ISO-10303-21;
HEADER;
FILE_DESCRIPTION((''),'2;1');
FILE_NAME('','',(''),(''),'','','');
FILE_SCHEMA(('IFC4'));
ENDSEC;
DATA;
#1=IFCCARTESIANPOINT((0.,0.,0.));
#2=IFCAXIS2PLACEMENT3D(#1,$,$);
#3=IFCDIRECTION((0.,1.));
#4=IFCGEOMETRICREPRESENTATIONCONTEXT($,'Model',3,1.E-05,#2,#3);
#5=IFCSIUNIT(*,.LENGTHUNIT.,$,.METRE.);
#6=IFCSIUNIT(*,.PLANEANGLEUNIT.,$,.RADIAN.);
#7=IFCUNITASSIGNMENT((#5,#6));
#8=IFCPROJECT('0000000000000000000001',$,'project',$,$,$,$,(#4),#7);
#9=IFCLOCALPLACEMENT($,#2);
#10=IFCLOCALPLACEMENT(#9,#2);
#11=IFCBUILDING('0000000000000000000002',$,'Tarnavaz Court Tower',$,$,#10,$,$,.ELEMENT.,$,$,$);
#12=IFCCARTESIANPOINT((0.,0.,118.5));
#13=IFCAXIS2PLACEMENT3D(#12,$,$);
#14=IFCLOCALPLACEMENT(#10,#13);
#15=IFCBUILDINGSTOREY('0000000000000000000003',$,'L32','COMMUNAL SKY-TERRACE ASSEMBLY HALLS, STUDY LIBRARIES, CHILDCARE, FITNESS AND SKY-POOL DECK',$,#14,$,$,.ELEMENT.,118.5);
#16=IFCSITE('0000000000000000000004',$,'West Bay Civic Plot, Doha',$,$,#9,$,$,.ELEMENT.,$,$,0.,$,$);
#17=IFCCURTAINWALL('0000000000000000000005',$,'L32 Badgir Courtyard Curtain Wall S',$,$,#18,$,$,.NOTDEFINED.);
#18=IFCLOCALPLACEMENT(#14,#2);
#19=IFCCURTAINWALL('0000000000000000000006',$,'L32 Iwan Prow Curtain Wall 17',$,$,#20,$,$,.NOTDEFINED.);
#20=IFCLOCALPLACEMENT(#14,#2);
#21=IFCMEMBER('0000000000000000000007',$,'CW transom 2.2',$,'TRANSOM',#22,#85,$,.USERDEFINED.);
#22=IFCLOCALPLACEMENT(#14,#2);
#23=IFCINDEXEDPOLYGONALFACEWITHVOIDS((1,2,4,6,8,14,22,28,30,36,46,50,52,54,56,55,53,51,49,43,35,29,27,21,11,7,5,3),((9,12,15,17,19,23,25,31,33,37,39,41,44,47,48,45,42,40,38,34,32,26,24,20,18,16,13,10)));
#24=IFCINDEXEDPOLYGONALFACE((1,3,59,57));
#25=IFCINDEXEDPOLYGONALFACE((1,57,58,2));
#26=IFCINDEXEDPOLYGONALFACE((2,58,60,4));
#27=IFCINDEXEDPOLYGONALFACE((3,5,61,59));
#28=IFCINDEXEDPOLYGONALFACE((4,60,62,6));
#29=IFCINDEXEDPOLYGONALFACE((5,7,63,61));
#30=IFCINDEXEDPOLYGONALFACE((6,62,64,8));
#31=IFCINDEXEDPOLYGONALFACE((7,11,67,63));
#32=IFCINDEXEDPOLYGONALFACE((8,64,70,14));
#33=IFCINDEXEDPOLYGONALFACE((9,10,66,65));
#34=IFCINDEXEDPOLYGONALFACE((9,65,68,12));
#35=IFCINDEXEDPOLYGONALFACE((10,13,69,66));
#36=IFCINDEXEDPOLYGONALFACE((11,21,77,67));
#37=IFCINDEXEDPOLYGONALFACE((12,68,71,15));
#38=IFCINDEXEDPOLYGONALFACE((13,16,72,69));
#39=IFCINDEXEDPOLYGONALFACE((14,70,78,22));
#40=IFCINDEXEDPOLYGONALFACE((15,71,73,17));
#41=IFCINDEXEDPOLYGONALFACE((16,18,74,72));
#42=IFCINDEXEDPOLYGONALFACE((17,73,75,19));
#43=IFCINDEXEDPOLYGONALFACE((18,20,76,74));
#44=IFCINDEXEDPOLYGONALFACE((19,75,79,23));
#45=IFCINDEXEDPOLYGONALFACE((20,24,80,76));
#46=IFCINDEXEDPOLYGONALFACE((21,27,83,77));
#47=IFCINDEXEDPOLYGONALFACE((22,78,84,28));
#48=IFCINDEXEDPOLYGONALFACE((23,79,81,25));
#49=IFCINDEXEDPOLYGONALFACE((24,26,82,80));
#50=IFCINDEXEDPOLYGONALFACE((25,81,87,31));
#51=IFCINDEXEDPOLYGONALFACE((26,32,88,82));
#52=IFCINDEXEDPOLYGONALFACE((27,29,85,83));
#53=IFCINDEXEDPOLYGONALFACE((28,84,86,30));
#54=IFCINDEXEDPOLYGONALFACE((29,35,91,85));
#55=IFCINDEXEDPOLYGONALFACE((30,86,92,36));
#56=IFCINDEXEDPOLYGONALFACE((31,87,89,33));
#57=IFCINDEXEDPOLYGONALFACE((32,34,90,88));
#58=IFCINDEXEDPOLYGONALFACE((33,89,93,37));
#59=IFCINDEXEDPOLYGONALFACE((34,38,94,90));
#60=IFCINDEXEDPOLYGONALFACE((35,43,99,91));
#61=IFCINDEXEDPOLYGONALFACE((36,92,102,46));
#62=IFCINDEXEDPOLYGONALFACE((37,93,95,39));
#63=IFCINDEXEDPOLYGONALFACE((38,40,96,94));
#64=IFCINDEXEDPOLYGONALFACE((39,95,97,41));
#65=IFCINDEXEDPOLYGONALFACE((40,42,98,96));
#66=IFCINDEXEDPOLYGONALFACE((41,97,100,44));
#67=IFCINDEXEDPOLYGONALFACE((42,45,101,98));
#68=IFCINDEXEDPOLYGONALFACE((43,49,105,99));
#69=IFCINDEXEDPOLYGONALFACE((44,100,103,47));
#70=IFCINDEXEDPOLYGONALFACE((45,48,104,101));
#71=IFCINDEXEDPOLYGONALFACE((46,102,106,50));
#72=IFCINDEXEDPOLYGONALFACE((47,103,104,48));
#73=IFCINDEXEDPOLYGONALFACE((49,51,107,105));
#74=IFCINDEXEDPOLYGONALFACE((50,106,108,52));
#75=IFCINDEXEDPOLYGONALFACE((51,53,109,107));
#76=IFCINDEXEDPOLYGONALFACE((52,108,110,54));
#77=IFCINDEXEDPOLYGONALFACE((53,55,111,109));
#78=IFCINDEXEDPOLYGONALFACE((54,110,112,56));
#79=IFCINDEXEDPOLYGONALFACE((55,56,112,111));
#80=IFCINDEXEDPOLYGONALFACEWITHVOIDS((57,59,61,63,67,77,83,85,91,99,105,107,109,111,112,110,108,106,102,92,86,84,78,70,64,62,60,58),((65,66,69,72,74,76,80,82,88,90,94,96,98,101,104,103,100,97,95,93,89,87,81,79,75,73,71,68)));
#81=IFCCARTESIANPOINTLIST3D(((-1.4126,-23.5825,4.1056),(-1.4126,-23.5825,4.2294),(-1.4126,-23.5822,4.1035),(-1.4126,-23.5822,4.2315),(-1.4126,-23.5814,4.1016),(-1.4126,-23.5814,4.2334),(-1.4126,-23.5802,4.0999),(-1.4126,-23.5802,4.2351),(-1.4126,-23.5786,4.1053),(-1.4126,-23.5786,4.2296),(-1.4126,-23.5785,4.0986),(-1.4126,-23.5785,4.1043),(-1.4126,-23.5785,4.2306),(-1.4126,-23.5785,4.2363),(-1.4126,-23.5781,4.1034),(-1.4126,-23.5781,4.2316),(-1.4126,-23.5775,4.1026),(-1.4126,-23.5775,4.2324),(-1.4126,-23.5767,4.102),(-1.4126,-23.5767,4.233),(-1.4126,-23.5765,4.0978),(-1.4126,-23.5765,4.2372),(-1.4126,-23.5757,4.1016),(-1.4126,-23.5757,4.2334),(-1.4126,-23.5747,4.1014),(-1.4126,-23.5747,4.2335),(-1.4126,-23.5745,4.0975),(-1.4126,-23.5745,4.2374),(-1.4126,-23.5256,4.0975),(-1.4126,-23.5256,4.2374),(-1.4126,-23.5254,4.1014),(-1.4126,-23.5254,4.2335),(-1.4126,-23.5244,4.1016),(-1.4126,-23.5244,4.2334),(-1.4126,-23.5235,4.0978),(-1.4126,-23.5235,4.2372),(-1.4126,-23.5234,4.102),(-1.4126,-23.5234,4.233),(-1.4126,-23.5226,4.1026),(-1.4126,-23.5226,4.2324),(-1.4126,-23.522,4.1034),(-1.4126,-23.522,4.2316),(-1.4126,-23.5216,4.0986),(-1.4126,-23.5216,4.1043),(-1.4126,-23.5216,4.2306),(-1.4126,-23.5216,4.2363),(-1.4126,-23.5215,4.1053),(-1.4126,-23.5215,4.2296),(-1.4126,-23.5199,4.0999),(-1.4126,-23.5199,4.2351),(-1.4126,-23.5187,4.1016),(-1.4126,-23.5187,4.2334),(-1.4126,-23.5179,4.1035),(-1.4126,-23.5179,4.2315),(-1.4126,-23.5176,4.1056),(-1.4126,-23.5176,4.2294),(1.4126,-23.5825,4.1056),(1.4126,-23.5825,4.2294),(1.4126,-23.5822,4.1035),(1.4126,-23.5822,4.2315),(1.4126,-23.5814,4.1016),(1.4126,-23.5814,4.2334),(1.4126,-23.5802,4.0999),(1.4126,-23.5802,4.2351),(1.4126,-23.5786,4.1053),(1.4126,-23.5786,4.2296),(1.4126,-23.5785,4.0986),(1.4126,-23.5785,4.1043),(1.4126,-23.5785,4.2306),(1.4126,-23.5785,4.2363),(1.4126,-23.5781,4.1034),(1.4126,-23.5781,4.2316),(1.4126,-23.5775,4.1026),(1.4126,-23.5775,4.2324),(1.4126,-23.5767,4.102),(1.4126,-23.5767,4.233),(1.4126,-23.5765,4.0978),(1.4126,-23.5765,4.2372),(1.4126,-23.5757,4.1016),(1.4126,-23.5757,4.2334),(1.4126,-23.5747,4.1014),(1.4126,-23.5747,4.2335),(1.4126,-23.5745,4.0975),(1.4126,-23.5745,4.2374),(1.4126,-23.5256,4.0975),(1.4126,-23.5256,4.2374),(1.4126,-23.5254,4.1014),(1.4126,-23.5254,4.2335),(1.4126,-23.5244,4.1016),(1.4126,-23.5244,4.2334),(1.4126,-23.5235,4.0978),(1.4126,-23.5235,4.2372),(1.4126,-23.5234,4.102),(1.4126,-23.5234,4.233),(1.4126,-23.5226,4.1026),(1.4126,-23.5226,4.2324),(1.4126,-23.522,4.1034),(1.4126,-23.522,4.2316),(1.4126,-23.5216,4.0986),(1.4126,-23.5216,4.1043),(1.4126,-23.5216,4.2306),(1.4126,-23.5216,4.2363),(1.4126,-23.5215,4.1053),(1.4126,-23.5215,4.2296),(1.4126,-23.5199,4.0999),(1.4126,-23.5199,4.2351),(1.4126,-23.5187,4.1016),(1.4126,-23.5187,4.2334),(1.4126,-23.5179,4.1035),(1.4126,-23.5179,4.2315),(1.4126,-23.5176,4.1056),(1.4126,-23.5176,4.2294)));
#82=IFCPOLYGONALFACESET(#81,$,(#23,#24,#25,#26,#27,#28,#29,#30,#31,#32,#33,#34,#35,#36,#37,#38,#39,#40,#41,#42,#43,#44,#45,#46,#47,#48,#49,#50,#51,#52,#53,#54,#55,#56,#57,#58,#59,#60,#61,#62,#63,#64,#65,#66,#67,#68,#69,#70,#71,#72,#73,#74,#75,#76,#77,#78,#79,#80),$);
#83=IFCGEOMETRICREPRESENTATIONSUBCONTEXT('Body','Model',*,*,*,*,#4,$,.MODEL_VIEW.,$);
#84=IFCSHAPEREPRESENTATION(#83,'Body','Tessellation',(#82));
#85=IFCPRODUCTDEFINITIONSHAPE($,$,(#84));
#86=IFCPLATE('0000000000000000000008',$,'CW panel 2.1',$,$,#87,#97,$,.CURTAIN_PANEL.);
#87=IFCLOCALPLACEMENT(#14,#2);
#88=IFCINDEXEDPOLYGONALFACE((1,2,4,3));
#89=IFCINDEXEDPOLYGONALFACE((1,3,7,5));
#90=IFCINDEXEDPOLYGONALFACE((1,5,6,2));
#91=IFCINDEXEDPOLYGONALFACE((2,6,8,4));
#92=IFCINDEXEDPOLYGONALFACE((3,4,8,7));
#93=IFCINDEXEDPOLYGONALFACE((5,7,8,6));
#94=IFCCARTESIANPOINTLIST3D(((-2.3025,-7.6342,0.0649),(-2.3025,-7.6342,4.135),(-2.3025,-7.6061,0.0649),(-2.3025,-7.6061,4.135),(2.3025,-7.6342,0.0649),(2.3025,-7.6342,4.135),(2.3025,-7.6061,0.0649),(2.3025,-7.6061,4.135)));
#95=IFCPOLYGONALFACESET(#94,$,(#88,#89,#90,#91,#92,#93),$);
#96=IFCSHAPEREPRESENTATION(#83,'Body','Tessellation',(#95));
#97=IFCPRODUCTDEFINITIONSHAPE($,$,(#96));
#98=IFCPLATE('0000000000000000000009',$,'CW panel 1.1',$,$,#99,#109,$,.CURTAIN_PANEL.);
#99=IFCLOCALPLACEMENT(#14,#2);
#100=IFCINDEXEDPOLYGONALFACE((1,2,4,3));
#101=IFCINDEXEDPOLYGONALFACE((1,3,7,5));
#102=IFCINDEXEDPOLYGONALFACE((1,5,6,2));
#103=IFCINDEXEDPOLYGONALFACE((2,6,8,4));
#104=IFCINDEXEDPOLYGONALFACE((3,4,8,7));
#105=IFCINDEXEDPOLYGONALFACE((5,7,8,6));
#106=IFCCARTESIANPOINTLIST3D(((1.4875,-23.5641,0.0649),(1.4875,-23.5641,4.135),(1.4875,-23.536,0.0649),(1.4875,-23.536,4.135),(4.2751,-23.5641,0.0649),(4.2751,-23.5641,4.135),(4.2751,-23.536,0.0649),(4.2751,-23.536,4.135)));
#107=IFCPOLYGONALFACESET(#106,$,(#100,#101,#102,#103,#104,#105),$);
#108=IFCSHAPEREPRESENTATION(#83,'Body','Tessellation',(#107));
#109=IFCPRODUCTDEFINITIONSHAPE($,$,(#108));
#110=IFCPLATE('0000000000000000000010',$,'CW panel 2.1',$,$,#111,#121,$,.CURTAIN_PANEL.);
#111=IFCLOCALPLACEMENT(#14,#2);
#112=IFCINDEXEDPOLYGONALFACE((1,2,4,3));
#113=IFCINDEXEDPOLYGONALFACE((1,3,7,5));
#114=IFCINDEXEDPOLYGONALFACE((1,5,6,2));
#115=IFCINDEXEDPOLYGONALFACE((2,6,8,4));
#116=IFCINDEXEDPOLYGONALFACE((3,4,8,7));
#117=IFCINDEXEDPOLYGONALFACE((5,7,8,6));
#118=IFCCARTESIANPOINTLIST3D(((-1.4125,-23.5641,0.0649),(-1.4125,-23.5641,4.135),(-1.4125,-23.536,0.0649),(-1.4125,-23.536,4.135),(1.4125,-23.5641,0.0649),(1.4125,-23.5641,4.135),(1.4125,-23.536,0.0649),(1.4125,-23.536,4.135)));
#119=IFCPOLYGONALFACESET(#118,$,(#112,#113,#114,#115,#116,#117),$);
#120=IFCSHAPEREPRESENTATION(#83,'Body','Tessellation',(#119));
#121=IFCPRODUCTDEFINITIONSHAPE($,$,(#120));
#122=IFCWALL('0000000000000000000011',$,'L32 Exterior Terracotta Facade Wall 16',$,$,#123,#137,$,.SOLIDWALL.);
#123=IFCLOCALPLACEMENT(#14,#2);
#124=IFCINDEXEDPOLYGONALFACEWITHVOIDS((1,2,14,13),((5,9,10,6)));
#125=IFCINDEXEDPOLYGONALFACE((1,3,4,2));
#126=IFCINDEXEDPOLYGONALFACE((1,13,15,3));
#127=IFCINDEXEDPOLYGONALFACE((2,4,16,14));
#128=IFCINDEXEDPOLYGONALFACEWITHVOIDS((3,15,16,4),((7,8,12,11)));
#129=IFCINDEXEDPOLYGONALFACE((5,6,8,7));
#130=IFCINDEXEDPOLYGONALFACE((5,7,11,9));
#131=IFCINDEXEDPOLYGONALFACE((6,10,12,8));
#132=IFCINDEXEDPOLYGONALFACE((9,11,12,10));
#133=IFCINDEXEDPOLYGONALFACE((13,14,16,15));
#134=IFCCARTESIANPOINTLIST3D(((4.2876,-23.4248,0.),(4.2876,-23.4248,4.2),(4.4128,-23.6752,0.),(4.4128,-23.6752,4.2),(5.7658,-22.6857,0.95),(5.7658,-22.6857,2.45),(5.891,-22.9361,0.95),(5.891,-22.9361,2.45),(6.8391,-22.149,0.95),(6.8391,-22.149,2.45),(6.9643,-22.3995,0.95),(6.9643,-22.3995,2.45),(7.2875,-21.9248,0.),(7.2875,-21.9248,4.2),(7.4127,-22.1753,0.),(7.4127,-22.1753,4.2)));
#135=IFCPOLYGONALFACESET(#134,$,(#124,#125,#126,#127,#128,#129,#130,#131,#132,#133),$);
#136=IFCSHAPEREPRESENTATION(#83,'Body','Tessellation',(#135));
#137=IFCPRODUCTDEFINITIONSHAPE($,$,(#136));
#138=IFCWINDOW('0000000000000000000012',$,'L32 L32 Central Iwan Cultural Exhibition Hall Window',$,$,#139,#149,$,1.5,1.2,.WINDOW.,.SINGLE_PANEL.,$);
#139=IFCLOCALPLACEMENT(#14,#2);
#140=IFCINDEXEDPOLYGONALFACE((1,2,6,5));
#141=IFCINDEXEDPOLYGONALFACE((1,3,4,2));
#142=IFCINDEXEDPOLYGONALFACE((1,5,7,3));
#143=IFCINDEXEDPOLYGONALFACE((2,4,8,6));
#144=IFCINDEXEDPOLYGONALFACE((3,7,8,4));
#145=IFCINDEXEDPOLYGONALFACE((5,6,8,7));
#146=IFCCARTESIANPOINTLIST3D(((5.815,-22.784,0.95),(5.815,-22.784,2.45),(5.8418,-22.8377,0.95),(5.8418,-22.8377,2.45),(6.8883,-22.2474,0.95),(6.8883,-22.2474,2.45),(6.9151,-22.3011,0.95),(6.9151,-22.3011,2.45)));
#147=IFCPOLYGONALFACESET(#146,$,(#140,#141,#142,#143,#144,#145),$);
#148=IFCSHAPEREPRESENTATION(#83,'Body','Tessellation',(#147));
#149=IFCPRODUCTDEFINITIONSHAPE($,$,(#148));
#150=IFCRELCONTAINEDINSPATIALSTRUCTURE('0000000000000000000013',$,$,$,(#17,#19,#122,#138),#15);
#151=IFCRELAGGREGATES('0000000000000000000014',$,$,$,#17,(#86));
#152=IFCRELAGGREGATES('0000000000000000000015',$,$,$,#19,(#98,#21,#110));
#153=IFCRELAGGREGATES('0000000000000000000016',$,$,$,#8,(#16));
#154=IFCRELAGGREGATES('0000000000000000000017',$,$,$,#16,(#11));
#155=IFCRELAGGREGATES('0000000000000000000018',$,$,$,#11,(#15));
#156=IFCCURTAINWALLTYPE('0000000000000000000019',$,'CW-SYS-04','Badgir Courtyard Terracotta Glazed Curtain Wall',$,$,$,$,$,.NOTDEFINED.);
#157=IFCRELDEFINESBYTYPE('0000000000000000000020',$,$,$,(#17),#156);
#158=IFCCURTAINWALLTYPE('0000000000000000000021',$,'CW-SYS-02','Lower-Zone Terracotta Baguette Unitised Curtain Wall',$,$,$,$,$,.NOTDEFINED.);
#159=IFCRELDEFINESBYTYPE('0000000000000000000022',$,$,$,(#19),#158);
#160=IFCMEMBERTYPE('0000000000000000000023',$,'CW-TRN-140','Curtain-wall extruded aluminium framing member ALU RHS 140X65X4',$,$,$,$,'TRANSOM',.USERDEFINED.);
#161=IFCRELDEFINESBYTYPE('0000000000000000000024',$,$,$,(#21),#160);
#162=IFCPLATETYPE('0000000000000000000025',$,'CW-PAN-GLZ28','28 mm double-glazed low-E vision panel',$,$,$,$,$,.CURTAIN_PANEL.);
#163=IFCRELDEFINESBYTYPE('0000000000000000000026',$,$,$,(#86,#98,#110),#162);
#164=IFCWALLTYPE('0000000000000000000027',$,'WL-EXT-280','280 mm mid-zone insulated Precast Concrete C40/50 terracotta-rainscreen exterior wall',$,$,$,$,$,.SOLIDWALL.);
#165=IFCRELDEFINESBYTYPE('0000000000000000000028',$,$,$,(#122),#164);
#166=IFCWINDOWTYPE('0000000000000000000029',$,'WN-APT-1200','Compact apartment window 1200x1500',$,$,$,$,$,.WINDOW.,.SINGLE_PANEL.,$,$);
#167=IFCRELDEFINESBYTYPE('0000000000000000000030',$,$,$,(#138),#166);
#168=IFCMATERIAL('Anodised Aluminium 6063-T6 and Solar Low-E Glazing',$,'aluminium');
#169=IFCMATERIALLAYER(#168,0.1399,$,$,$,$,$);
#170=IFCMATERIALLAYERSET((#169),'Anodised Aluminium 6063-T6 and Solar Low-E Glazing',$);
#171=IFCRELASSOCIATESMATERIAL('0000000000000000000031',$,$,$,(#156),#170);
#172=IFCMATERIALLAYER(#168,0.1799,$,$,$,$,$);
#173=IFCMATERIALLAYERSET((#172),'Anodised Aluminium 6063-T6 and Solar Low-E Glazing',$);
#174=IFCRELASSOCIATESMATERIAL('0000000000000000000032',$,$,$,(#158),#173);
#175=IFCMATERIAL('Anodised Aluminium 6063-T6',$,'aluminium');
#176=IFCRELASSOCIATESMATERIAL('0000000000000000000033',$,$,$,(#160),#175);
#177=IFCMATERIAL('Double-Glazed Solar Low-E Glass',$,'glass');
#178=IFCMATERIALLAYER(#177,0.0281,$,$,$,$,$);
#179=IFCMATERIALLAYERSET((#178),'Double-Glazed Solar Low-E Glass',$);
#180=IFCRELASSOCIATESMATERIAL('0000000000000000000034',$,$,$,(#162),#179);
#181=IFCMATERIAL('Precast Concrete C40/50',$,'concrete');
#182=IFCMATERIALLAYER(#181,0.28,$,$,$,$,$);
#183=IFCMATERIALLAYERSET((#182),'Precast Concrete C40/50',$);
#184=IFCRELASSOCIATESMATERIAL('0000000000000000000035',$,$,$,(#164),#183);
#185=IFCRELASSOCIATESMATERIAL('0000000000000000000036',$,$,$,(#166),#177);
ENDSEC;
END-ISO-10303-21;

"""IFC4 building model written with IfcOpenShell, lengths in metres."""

from ifc_helpers import new_model, si_unit, direction, frame, frame_2d, origin, origin_2d, place, context, subcontext, project, spatial, rectangle, hollow_rectangle, extrude, material, layer, layer_set, material_profile, profile_set, type_object, element, fill, aggregate, save


model = new_model("IFC4")

# Units and contexts
model_context = context("Model", 3, precision=1e-05, world=origin(), true_north=direction((0.0, 1.0)))
body_context = subcontext(model_context, "Body", "Model", "MODEL_VIEW")
ifc_project = project(units=[si_unit("LENGTHUNIT", "METRE"), si_unit("PLANEANGLEUNIT", "RADIAN")], contexts=[model_context])

# Site, building, storey
site_placement = place(None, origin())
site = spatial("IfcSite", under=ifc_project, at=site_placement, Name="West Bay Civic Plot, Doha", CompositionType="ELEMENT", RefElevation=0.0)
building_placement = place(site_placement, origin())
building = spatial("IfcBuilding", under=site, at=building_placement, Name="Tarnavaz Court Tower", CompositionType="ELEMENT")
storey_placement = place(building_placement, frame((0.0, 0.0, 118.5)))
storey = spatial("IfcBuildingStorey", under=building, at=storey_placement, Name="L32", Description="COMMUNAL SKY-TERRACE ASSEMBLY HALLS, STUDY LIBRARIES, CHILDCARE, FITNESS AND SKY-POOL DECK", CompositionType="ELEMENT", Elevation=118.5)

# Curtain wall
ifc_material_1 = material(Name="Anodised Aluminium 6063-T6 and Solar Low-E Glazing", Category="aluminium")
ifc_layer_1 = layer(ifc_material_1, 0.1399)
ifc_layer_set_1 = layer_set([ifc_layer_1], Name="Anodised Aluminium 6063-T6 and Solar Low-E Glazing")
curtain_wall_type_1 = type_object("IfcCurtainWallType", Name="CW-SYS-04", Description="Badgir Courtyard Terracotta Glazed Curtain Wall", PredefinedType="NOTDEFINED", material=ifc_layer_set_1)
curtain_wall_1_placement = place(storey_placement, origin())
curtain_wall_1 = element("IfcCurtainWall", 1, at=curtain_wall_1_placement, inside=storey, type_object=curtain_wall_type_1, Name="L32 Badgir Courtyard Curtain Wall S", PredefinedType="NOTDEFINED")
ifc_material_2 = material(Name="Anodised Aluminium 6063-T6", Category="aluminium")

# Curtain wall
ifc_layer_2 = layer(ifc_material_1, 0.1799)
ifc_layer_set_2 = layer_set([ifc_layer_2], Name="Anodised Aluminium 6063-T6 and Solar Low-E Glazing")
curtain_wall_type_2 = type_object("IfcCurtainWallType", Name="CW-SYS-02", Description="Lower-Zone Terracotta Baguette Unitised Curtain Wall", PredefinedType="NOTDEFINED", material=ifc_layer_set_2)
curtain_wall_2_placement = place(storey_placement, origin())
curtain_wall_2 = element("IfcCurtainWall", 2, at=curtain_wall_2_placement, inside=storey, type_object=curtain_wall_type_2, Name="L32 Iwan Prow Curtain Wall 17", PredefinedType="NOTDEFINED")

# Member
ifc_material_profile_1 = material_profile(ifc_material_2, hollow_rectangle(XDim=0.0649, YDim=0.1399, WallThickness=0.0039, InnerFilletRadius=0.0039, OuterFilletRadius=0.0081, at=origin_2d()), Name="ALU RHS 140X65X4")
ifc_profile_set_1 = profile_set([ifc_material_profile_1], Name="Anodised Aluminium 6063-T6")
member_type_1 = type_object("IfcMemberType", Name="CW-TRN-140", Description="Curtain-wall extruded aluminium framing member ALU RHS 140X65X4", ElementType="TRANSOM", PredefinedType="USERDEFINED", material=ifc_profile_set_1)
member_1_placement = place(storey_placement, frame((1.4126, -23.55, 4.1675), z_axis=(-1.0, 0.0, 0.0), x_axis=(0.0, -1.0, 0.0)))
member_1 = element("IfcMember", 3, at=member_1_placement, type_object=member_type_1, Name="CW transom 2.2", ObjectType="TRANSOM", PredefinedType="USERDEFINED", context=body_context, shape_type="SweptSolid", body=[
    extrude(hollow_rectangle(XDim=0.0649, YDim=0.1399, WallThickness=0.0039, InnerFilletRadius=0.0039, OuterFilletRadius=0.0081, at=origin_2d()), origin(), (0.0, 0.0, 1.0), 2.8252),
])

# Plates
ifc_material_3 = material(Name="Double-Glazed Solar Low-E Glass", Category="glass")
ifc_layer_3 = layer(ifc_material_3, 0.0281)
ifc_layer_set_3 = layer_set([ifc_layer_3], Name="Double-Glazed Solar Low-E Glass")
plate_type = type_object("IfcPlateType", Name="CW-PAN-GLZ28", Description="28 mm double-glazed low-E vision panel", PredefinedType="CURTAIN_PANEL", material=ifc_layer_set_3)
plate_1_placement = place(storey_placement, frame((0.0, -7.6201, 0.0649), z_axis=(0.0, 0.0, 1.0), x_axis=(1.0, 0.0, 0.0)))
plate_1 = element("IfcPlate", 4, at=plate_1_placement, type_object=plate_type, Name="CW panel 2.1", PredefinedType="CURTAIN_PANEL", context=body_context, shape_type="SweptSolid", body=[
    extrude(rectangle(XDim=4.605, YDim=0.0281, at=origin_2d()), origin(), (0.0, 0.0, 1.0), 4.0701),
])
aggregate(curtain_wall_1, [plate_1])
plate_2_placement = place(storey_placement, frame((2.8813, -23.55, 0.0649), z_axis=(0.0, 0.0, 1.0), x_axis=(-1.0, 0.0, 0.0)))
plate_2 = element("IfcPlate", 5, at=plate_2_placement, type_object=plate_type, Name="CW panel 1.1", PredefinedType="CURTAIN_PANEL", context=body_context, shape_type="SweptSolid", body=[
    extrude(rectangle(XDim=2.7876, YDim=0.0281, at=origin_2d()), origin(), (0.0, 0.0, 1.0), 4.0701),
])
plate_3_placement = place(storey_placement, frame((0.0, -23.55, 0.0649), z_axis=(0.0, 0.0, 1.0), x_axis=(-1.0, 0.0, 0.0)))
plate_3 = element("IfcPlate", 6, at=plate_3_placement, type_object=plate_type, Name="CW panel 2.1", PredefinedType="CURTAIN_PANEL", context=body_context, shape_type="SweptSolid", body=[
    extrude(rectangle(XDim=2.825, YDim=0.0281, at=origin_2d()), origin(), (0.0, 0.0, 1.0), 4.0701),
])
aggregate(curtain_wall_2, [plate_2, member_1, plate_3])

# Wall, opening, window
ifc_material_4 = material(Name="Precast Concrete C40/50", Category="concrete")
ifc_layer_4 = layer(ifc_material_4, 0.28)
ifc_layer_set_4 = layer_set([ifc_layer_4], Name="Precast Concrete C40/50")
wall_type_1 = type_object("IfcWallType", Name="WL-EXT-280", Description="280 mm mid-zone insulated Precast Concrete C40/50 terracotta-rainscreen exterior wall", PredefinedType="SOLIDWALL", material=ifc_layer_set_4)
wall_1_placement = place(storey_placement, frame((7.3501, -22.05, 0.0), z_axis=(0.0, 0.0, 1.0), x_axis=(-0.894427, -0.447214, 0.0)))
wall_1 = element("IfcWall", 7, at=wall_1_placement, inside=storey, type_object=wall_type_1, Name="L32 Exterior Terracotta Facade Wall 16", PredefinedType="SOLIDWALL", context=body_context, shape_type="SweptSolid", body=[
    extrude(rectangle(XDim=3.354, YDim=0.28, at=frame_2d((1.677, 0.0))), origin(), (0.0, 0.0, 1.0), 4.2),
])
opening_1_placement = place(wall_1_placement, frame((0.5012, 0.0, 0.95)))
opening_1 = element("IfcOpeningElement", 8, at=opening_1_placement, cuts=wall_1, PredefinedType="OPENING", context=body_context, shape_type="SweptSolid", body=[
    extrude(rectangle(XDim=1.2, YDim=1.5, at=frame_2d((0.6001, 0.75))), frame((0.0, 0.1499, 0.0), z_axis=(0.0, -1.0, 0.0), x_axis=(1.0, 0.0, 0.0)), (0.0, 0.0, 1.0), 0.3),
])
window_type = type_object("IfcWindowType", Name="WN-APT-1200", Description="Compact apartment window 1200x1500", PartitioningType="SINGLE_PANEL", PredefinedType="WINDOW", material=ifc_material_3)
window_placement = place(opening_1_placement, origin())
window = element("IfcWindow", 9, at=window_placement, inside=storey, type_object=window_type, Name="L32 L32 Central Iwan Cultural Exhibition Hall Window", OverallHeight=1.5, OverallWidth=1.2, PartitioningType="SINGLE_PANEL", PredefinedType="WINDOW", context=body_context, shape_type="SweptSolid", body=[
    extrude(rectangle(XDim=1.2, YDim=1.5, at=frame_2d((0.6001, 0.75))), frame((0.0, 0.03, 0.0), z_axis=(0.0, -1.0, 0.0), x_axis=(1.0, 0.0, 0.0)), (0.0, 0.0, 1.0), 0.0601),
])
fill(opening_1, window)

save(model, "model.ifc")
